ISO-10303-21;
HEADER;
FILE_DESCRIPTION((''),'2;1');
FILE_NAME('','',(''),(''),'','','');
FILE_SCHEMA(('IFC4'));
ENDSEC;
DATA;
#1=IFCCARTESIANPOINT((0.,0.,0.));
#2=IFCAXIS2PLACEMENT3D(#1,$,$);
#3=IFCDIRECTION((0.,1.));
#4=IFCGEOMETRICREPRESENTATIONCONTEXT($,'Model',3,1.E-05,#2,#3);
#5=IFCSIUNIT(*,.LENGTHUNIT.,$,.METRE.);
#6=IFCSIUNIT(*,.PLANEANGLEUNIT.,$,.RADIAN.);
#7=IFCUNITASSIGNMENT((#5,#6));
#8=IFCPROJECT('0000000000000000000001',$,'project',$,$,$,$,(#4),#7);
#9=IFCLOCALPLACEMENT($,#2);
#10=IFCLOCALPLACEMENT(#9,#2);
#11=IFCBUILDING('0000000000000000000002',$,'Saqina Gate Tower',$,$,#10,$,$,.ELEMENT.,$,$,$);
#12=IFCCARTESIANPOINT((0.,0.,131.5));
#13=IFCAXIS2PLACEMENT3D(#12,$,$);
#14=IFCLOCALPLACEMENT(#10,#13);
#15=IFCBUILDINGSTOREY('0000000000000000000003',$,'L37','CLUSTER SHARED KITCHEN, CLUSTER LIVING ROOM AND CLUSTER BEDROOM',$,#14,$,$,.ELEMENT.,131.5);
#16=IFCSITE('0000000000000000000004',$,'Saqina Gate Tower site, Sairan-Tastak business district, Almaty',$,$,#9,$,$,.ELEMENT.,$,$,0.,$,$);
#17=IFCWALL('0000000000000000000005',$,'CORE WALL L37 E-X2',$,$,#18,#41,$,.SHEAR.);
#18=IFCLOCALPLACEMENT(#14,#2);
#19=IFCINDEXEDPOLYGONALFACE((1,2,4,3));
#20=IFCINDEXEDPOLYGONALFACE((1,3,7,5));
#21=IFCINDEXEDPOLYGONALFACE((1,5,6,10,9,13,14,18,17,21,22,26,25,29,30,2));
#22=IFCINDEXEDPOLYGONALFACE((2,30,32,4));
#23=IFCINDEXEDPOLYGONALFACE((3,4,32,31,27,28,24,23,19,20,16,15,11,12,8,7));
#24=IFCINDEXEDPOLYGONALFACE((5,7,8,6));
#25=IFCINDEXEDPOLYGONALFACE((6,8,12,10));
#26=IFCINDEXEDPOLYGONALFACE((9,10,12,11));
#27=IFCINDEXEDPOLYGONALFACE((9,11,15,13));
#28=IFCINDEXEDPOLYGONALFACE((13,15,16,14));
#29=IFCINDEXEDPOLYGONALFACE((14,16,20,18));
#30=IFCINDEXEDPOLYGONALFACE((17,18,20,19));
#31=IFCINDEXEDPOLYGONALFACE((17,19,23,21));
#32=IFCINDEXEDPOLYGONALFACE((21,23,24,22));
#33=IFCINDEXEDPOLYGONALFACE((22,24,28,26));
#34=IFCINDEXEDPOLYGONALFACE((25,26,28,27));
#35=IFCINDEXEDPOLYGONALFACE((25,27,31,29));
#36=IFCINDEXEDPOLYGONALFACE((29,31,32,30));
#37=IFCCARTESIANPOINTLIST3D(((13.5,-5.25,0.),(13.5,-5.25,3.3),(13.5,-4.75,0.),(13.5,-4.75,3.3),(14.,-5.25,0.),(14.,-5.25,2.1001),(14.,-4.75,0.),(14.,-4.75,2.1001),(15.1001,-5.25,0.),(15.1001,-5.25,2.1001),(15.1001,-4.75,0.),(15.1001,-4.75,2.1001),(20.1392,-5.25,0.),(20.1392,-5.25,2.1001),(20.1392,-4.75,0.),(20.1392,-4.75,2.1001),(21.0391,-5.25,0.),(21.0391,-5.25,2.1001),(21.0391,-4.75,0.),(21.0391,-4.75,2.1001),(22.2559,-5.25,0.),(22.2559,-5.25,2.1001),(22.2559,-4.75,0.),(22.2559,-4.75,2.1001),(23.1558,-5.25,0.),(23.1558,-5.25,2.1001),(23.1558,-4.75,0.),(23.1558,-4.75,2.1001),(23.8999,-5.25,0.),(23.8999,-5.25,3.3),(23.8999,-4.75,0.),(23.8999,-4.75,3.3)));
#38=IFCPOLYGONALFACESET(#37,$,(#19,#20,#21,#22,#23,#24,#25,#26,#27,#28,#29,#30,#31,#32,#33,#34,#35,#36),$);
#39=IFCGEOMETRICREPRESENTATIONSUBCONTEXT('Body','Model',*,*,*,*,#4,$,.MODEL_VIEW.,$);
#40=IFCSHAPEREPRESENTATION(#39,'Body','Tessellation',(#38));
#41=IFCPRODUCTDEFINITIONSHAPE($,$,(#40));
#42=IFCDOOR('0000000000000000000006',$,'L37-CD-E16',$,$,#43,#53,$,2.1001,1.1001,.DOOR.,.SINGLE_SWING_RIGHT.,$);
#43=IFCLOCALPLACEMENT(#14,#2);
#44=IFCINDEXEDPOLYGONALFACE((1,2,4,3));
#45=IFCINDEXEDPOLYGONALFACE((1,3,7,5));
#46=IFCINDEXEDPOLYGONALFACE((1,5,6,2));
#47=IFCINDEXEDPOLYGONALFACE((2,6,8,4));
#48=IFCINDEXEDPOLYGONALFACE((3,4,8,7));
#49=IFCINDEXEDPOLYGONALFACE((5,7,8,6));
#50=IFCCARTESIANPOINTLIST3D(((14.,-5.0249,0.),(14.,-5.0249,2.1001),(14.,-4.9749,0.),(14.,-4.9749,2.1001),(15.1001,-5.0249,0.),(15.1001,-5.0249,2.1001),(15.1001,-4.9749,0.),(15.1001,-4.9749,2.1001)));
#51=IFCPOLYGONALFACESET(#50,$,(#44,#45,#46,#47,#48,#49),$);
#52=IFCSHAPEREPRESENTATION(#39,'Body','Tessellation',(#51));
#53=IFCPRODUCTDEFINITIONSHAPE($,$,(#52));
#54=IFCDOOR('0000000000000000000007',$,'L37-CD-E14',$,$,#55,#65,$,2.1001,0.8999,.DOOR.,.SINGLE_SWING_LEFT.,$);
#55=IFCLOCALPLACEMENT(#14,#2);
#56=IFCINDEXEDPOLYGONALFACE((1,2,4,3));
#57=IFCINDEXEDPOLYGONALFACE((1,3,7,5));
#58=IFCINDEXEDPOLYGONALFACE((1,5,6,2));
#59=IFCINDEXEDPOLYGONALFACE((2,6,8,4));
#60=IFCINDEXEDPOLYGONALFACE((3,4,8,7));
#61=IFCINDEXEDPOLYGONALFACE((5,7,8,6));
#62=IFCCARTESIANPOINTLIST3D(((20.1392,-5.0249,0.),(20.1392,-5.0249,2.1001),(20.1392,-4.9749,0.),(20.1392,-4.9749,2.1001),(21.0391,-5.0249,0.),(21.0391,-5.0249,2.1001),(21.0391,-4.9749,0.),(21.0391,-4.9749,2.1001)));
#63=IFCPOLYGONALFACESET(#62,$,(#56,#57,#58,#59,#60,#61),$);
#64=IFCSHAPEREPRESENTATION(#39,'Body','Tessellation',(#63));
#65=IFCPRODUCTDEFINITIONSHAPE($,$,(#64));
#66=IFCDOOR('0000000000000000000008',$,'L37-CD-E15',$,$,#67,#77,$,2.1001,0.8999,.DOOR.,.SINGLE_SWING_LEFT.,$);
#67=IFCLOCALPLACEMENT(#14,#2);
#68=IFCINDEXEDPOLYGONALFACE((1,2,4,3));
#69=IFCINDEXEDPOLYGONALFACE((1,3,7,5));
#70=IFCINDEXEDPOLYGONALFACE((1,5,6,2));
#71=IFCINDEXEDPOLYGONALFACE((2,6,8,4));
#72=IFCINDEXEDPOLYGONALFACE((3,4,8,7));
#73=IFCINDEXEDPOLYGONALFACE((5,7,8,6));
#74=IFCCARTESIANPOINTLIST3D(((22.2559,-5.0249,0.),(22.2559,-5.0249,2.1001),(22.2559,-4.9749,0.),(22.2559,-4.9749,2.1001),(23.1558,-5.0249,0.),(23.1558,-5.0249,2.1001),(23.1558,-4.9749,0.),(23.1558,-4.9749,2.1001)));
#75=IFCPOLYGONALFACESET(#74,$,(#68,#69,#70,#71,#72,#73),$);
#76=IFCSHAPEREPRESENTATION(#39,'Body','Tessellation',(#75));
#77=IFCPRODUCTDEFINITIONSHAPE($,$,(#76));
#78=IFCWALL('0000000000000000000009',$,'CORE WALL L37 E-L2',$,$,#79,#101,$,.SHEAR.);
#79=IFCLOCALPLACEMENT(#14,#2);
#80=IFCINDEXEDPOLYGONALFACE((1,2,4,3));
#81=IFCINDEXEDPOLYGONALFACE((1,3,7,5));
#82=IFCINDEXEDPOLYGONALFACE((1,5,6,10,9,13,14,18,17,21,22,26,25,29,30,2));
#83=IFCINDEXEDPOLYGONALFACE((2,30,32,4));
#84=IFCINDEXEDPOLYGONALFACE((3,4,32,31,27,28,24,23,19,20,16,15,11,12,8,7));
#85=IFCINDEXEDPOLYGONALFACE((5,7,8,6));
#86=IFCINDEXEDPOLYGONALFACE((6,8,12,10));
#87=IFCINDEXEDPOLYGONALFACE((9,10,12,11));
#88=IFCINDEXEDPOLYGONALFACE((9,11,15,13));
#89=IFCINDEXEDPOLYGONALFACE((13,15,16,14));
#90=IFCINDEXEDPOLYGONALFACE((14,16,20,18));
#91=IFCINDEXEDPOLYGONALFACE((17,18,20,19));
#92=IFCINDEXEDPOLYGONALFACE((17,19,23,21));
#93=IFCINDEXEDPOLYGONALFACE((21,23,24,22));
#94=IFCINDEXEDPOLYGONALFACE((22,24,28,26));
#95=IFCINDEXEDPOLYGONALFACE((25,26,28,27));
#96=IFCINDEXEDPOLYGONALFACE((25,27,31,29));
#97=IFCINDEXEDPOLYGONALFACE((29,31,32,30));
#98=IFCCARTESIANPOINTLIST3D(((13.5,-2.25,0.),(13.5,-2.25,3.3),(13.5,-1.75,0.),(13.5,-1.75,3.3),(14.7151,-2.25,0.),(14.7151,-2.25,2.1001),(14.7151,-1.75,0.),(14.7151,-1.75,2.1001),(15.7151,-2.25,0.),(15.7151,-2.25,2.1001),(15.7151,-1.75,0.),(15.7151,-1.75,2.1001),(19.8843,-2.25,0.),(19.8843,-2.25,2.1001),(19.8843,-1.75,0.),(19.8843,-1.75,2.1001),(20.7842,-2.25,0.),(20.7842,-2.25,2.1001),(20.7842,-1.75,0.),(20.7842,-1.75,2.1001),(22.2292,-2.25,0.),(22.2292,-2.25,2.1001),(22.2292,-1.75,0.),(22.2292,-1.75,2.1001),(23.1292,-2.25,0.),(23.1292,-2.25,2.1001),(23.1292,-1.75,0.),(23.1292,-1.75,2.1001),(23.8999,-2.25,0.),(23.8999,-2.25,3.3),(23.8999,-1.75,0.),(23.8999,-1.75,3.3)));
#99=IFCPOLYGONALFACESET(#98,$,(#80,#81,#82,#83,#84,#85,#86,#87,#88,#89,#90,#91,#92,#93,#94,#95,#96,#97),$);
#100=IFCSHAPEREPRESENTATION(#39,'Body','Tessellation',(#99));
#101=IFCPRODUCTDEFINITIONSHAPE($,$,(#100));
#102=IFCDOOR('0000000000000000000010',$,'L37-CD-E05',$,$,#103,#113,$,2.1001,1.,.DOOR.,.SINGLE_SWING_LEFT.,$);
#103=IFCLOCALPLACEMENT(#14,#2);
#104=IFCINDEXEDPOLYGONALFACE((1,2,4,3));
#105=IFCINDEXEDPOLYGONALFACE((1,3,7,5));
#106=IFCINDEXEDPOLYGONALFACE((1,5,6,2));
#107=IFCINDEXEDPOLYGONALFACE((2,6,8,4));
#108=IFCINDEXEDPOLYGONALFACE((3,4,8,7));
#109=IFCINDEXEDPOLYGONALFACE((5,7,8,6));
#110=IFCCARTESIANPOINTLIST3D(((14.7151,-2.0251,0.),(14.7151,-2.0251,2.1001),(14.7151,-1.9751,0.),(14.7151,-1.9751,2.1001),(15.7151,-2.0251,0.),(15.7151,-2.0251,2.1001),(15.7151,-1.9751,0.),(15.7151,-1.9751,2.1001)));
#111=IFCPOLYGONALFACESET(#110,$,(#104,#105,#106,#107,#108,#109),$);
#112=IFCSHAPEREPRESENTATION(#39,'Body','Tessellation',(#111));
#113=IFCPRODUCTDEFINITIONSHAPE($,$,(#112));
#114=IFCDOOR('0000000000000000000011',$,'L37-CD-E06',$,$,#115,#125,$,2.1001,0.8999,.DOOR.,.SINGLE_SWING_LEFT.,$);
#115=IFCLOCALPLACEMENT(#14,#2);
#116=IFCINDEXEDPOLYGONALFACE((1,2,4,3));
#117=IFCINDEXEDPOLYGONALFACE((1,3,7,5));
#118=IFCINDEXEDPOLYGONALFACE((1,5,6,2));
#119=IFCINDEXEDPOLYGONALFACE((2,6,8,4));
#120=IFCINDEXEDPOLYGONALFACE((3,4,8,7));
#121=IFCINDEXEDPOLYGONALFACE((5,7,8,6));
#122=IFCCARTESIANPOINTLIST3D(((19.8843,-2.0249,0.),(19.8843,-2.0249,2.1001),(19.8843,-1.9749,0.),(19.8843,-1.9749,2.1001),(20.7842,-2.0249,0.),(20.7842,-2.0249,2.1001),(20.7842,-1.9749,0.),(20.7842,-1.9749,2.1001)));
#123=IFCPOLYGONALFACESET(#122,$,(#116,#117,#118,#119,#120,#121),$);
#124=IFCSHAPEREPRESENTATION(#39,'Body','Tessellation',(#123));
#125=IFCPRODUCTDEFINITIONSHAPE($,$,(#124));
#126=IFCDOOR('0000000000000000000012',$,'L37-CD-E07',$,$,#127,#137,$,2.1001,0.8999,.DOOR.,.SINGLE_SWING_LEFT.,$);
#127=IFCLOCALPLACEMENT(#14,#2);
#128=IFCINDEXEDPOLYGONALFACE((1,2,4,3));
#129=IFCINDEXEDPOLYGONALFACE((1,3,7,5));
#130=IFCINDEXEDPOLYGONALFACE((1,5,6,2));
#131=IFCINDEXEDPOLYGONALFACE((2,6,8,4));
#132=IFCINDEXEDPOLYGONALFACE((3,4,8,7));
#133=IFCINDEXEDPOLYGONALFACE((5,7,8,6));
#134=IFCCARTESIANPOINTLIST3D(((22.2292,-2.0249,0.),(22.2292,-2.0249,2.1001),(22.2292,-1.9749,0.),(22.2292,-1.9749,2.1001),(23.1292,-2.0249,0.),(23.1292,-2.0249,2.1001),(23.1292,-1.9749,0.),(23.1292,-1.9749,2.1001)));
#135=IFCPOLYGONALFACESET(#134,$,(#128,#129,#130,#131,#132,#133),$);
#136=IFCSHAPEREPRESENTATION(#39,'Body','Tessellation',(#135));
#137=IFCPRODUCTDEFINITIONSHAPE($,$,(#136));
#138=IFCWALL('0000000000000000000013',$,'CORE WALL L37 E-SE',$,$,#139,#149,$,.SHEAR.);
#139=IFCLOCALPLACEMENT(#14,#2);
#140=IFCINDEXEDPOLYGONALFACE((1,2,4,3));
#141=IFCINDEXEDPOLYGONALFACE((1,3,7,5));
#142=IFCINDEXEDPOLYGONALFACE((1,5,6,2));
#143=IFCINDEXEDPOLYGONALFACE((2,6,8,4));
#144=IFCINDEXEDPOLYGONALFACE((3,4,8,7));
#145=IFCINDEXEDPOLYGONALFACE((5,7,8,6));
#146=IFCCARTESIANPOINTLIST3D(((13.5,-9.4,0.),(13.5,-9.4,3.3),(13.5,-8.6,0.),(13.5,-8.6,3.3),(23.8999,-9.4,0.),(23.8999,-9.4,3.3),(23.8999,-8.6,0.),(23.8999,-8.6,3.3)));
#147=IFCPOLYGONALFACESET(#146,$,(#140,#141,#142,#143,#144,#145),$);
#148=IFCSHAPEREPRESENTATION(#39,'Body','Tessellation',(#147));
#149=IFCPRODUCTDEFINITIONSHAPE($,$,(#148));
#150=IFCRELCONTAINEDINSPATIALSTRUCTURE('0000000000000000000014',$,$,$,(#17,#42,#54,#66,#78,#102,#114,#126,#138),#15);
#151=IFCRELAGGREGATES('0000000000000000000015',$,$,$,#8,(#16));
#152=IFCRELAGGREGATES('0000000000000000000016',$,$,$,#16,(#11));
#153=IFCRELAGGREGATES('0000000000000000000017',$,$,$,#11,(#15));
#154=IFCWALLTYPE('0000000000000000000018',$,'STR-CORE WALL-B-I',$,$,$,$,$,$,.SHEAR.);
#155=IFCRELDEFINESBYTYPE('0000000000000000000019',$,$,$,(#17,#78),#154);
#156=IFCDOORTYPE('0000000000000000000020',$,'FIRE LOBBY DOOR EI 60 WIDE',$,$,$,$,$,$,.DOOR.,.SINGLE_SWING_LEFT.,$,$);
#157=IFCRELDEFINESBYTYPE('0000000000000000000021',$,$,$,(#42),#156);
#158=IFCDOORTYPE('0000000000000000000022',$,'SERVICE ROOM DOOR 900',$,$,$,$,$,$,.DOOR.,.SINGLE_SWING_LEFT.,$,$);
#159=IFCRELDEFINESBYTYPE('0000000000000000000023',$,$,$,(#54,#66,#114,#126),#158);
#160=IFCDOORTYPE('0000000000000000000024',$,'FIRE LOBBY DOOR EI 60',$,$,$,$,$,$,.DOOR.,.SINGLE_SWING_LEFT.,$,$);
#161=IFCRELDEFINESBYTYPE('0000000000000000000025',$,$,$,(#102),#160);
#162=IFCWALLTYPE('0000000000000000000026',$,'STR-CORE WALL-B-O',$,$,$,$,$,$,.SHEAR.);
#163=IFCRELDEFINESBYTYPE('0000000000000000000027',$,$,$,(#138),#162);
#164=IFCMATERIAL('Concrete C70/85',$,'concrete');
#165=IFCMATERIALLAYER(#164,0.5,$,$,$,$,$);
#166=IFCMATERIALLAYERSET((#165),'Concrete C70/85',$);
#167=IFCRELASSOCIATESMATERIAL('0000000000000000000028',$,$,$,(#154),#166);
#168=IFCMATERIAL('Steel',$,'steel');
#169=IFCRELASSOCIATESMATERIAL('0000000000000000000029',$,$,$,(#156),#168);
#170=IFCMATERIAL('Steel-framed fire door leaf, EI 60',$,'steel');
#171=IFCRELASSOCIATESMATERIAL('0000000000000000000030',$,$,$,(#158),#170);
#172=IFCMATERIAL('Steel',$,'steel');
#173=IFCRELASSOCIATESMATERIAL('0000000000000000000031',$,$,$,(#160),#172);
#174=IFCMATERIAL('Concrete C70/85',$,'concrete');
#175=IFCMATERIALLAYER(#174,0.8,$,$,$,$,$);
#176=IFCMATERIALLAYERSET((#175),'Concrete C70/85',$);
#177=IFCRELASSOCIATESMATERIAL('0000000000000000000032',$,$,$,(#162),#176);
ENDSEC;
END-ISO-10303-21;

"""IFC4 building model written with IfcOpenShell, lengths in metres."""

from ifc_helpers import new_model, si_unit, direction, frame, frame_2d, origin, place, context, subcontext, project, spatial, rectangle, extrude, material, layer, layer_set, type_object, element, fill, save


model = new_model("IFC4")

# Units and contexts
model_context = context("Model", 3, precision=1e-05, world=origin(), true_north=direction((0.0, 1.0)))
body_context = subcontext(model_context, "Body", "Model", "MODEL_VIEW")
ifc_project = project(units=[si_unit("LENGTHUNIT", "METRE"), si_unit("PLANEANGLEUNIT", "RADIAN")], contexts=[model_context])

# Site, building, storey
site_placement = place(None, origin())
site = spatial("IfcSite", under=ifc_project, at=site_placement, Name="Saqina Gate Tower site, Sairan-Tastak business district, Almaty", CompositionType="ELEMENT", RefElevation=0.0)
building_placement = place(site_placement, origin())
building = spatial("IfcBuilding", under=site, at=building_placement, Name="Saqina Gate Tower", CompositionType="ELEMENT")
storey_placement = place(building_placement, frame((0.0, 0.0, 131.5)))
storey = spatial("IfcBuildingStorey", under=building, at=storey_placement, Name="L37", Description="CLUSTER SHARED KITCHEN, CLUSTER LIVING ROOM AND CLUSTER BEDROOM", CompositionType="ELEMENT", Elevation=131.5)

# Walls, openings, doors
ifc_material_1 = material(Name="Concrete C70/85", Category="concrete")
ifc_layer_1 = layer(ifc_material_1, 0.5)
ifc_layer_set_1 = layer_set([ifc_layer_1], Name="Concrete C70/85")
wall_type_1 = type_object("IfcWallType", Name="STR-CORE WALL-B-I", PredefinedType="SHEAR", material=ifc_layer_set_1)
wall_1_placement = place(storey_placement, frame((13.5, -5.0, 0.0), z_axis=(0.0, 0.0, 1.0), x_axis=(1.0, 0.0, 0.0)))
wall_1 = element("IfcWall", 1, at=wall_1_placement, inside=storey, type_object=wall_type_1, Name="CORE WALL L37 E-X2", PredefinedType="SHEAR", context=body_context, shape_type="SweptSolid", body=[
    extrude(rectangle(XDim=10.3999, YDim=0.5, at=frame_2d((5.2, 0.0))), origin(), (0.0, 0.0, 1.0), 3.3),
])
opening_1_placement = place(wall_1_placement, frame((6.6392, 0.0, 0.0)))
opening_1 = element("IfcOpeningElement", 2, at=opening_1_placement, cuts=wall_1, PredefinedType="OPENING", context=body_context, shape_type="SweptSolid", body=[
    extrude(rectangle(XDim=0.8999, YDim=2.1001, at=frame_2d((0.45, 1.05))), frame((0.0, 0.262, 0.0), z_axis=(0.0, -1.0, 0.0), x_axis=(1.0, 0.0, 0.0)), (0.0, 0.0, 1.0), 0.5239),
])
opening_2_placement = place(wall_1_placement, frame((8.7559, 0.0, 0.0)))
opening_2 = element("IfcOpeningElement", 3, at=opening_2_placement, cuts=wall_1, PredefinedType="OPENING", context=body_context, shape_type="SweptSolid", body=[
    extrude(rectangle(XDim=0.8999, YDim=2.1001, at=frame_2d((0.45, 1.05))), frame((0.0, 0.262, 0.0), z_axis=(0.0, -1.0, 0.0), x_axis=(1.0, 0.0, 0.0)), (0.0, 0.0, 1.0), 0.5239),
])
opening_3_placement = place(wall_1_placement, frame((0.5, 0.0, 0.0)))
opening_3 = element("IfcOpeningElement", 4, at=opening_3_placement, cuts=wall_1, PredefinedType="OPENING", context=body_context, shape_type="SweptSolid", body=[
    extrude(rectangle(XDim=1.1001, YDim=2.1001, at=frame_2d((0.55, 1.05))), frame((0.0, 0.262, 0.0), z_axis=(0.0, -1.0, 0.0), x_axis=(1.0, 0.0, 0.0)), (0.0, 0.0, 1.0), 0.5239),
])
ifc_material_2 = material(Name="Steel", Category="steel")
door_type_1 = type_object("IfcDoorType", Name="FIRE LOBBY DOOR EI 60 WIDE", OperationType="SINGLE_SWING_LEFT", PredefinedType="DOOR", material=ifc_material_2)
door_1_placement = place(opening_3_placement, frame((1.1001, 0.0, 0.0), z_axis=(0.0, 0.0, 1.0), x_axis=(-1.0, 0.0, 0.0)))
door_1 = element("IfcDoor", 5, at=door_1_placement, inside=storey, type_object=door_type_1, Name="L37-CD-E16", OperationType="SINGLE_SWING_RIGHT", OverallHeight=2.1001, OverallWidth=1.1001, PredefinedType="DOOR", context=body_context, shape_type="SweptSolid", body=[
    extrude(rectangle(XDim=1.1001, YDim=2.1001, at=frame_2d((0.55, 1.05))), frame((0.0, 0.0249, 0.0), z_axis=(0.0, -1.0, 0.0), x_axis=(1.0, 0.0, 0.0)), (0.0, 0.0, 1.0), 0.05),
])
fill(opening_3, door_1)
ifc_material_3 = material(Name="Steel-framed fire door leaf, EI 60", Category="steel")
door_type_2 = type_object("IfcDoorType", Name="SERVICE ROOM DOOR 900", OperationType="SINGLE_SWING_LEFT", PredefinedType="DOOR", material=ifc_material_3)
door_2_placement = place(opening_1_placement, frame((0.8999, 0.0, 0.0), z_axis=(0.0, 0.0, 1.0), x_axis=(-1.0, 0.0, 0.0)))
door_2 = element("IfcDoor", 6, at=door_2_placement, inside=storey, type_object=door_type_2, Name="L37-CD-E14", OperationType="SINGLE_SWING_LEFT", OverallHeight=2.1001, OverallWidth=0.8999, PredefinedType="DOOR", context=body_context, shape_type="SweptSolid", body=[
    extrude(rectangle(XDim=0.8999, YDim=2.1001, at=frame_2d((0.45, 1.05))), frame((0.0, 0.0249, 0.0), z_axis=(0.0, -1.0, 0.0), x_axis=(1.0, 0.0, 0.0)), (0.0, 0.0, 1.0), 0.05),
])
fill(opening_1, door_2)
door_3_placement = place(opening_2_placement, frame((0.8999, 0.0, 0.0), z_axis=(0.0, 0.0, 1.0), x_axis=(-1.0, 0.0, 0.0)))
door_3 = element("IfcDoor", 7, at=door_3_placement, inside=storey, type_object=door_type_2, Name="L37-CD-E15", OperationType="SINGLE_SWING_LEFT", OverallHeight=2.1001, OverallWidth=0.8999, PredefinedType="DOOR", context=body_context, shape_type="SweptSolid", body=[
    extrude(rectangle(XDim=0.8999, YDim=2.1001, at=frame_2d((0.45, 1.05))), frame((0.0, 0.0249, 0.0), z_axis=(0.0, -1.0, 0.0), x_axis=(1.0, 0.0, 0.0)), (0.0, 0.0, 1.0), 0.05),
])
fill(opening_2, door_3)
wall_2_placement = place(storey_placement, frame((13.5, -2.0, 0.0), z_axis=(0.0, 0.0, 1.0), x_axis=(1.0, 0.0, 0.0)))
wall_2 = element("IfcWall", 8, at=wall_2_placement, inside=storey, type_object=wall_type_1, Name="CORE WALL L37 E-L2", PredefinedType="SHEAR", context=body_context, shape_type="SweptSolid", body=[
    extrude(rectangle(XDim=10.3999, YDim=0.5, at=frame_2d((5.2, 0.0))), origin(), (0.0, 0.0, 1.0), 3.3),
])
opening_4_placement = place(wall_2_placement, frame((1.2151, 0.0, 0.0)))
opening_4 = element("IfcOpeningElement", 9, at=opening_4_placement, cuts=wall_2, PredefinedType="OPENING", context=body_context, shape_type="SweptSolid", body=[
    extrude(rectangle(XDim=1.0, YDim=2.1001, at=frame_2d((0.5, 1.05))), frame((0.0, 0.262, 0.0), z_axis=(0.0, -1.0, 0.0), x_axis=(1.0, 0.0, 0.0)), (0.0, 0.0, 1.0), 0.5239),
])
opening_5_placement = place(wall_2_placement, frame((6.3843, 0.0, 0.0)))
opening_5 = element("IfcOpeningElement", 10, at=opening_5_placement, cuts=wall_2, PredefinedType="OPENING", context=body_context, shape_type="SweptSolid", body=[
    extrude(rectangle(XDim=0.8999, YDim=2.1001, at=frame_2d((0.45, 1.05))), frame((0.0, 0.262, 0.0), z_axis=(0.0, -1.0, 0.0), x_axis=(1.0, 0.0, 0.0)), (0.0, 0.0, 1.0), 0.5239),
])
opening_6_placement = place(wall_2_placement, frame((8.7292, 0.0, 0.0)))
opening_6 = element("IfcOpeningElement", 11, at=opening_6_placement, cuts=wall_2, PredefinedType="OPENING", context=body_context, shape_type="SweptSolid", body=[
    extrude(rectangle(XDim=0.8999, YDim=2.1001, at=frame_2d((0.45, 1.05))), frame((0.0, 0.262, 0.0), z_axis=(0.0, -1.0, 0.0), x_axis=(1.0, 0.0, 0.0)), (0.0, 0.0, 1.0), 0.5239),
])
ifc_material_4 = material(Name="Steel", Category="steel")
door_type_3 = type_object("IfcDoorType", Name="FIRE LOBBY DOOR EI 60", OperationType="SINGLE_SWING_LEFT", PredefinedType="DOOR", material=ifc_material_4)
door_4_placement = place(opening_4_placement, origin())
door_4 = element("IfcDoor", 12, at=door_4_placement, inside=storey, type_object=door_type_3, Name="L37-CD-E05", OperationType="SINGLE_SWING_LEFT", OverallHeight=2.1001, OverallWidth=1.0, PredefinedType="DOOR", context=body_context, shape_type="SweptSolid", body=[
    extrude(rectangle(XDim=1.0, YDim=2.1001, at=frame_2d((0.5, 1.05))), frame((0.0, 0.0249, 0.0), z_axis=(0.0, -1.0, 0.0), x_axis=(1.0, 0.0, 0.0)), (0.0, 0.0, 1.0), 0.05),
])
fill(opening_4, door_4)
door_5_placement = place(opening_5_placement, frame((0.8999, 0.0, 0.0), z_axis=(0.0, 0.0, 1.0), x_axis=(-1.0, 0.0, 0.0)))
door_5 = element("IfcDoor", 13, at=door_5_placement, inside=storey, type_object=door_type_2, Name="L37-CD-E06", OperationType="SINGLE_SWING_LEFT", OverallHeight=2.1001, OverallWidth=0.8999, PredefinedType="DOOR", context=body_context, shape_type="SweptSolid", body=[
    extrude(rectangle(XDim=0.8999, YDim=2.1001, at=frame_2d((0.45, 1.05))), frame((0.0, 0.0249, 0.0), z_axis=(0.0, -1.0, 0.0), x_axis=(1.0, 0.0, 0.0)), (0.0, 0.0, 1.0), 0.05),
])
fill(opening_5, door_5)
door_6_placement = place(opening_6_placement, frame((0.8999, 0.0, 0.0), z_axis=(0.0, 0.0, 1.0), x_axis=(-1.0, 0.0, 0.0)))
door_6 = element("IfcDoor", 14, at=door_6_placement, inside=storey, type_object=door_type_2, Name="L37-CD-E07", OperationType="SINGLE_SWING_LEFT", OverallHeight=2.1001, OverallWidth=0.8999, PredefinedType="DOOR", context=body_context, shape_type="SweptSolid", body=[
    extrude(rectangle(XDim=0.8999, YDim=2.1001, at=frame_2d((0.45, 1.05))), frame((0.0, 0.0249, 0.0), z_axis=(0.0, -1.0, 0.0), x_axis=(1.0, 0.0, 0.0)), (0.0, 0.0, 1.0), 0.05),
])
fill(opening_6, door_6)

# Wall
ifc_material_5 = material(Name="Concrete C70/85", Category="concrete")
ifc_layer_2 = layer(ifc_material_5, 0.8)
ifc_layer_set_2 = layer_set([ifc_layer_2], Name="Concrete C70/85")
wall_type_2 = type_object("IfcWallType", Name="STR-CORE WALL-B-O", PredefinedType="SHEAR", material=ifc_layer_set_2)
wall_3_placement = place(storey_placement, frame((13.5, -9.0, 0.0), z_axis=(0.0, 0.0, 1.0), x_axis=(1.0, 0.0, 0.0)))
element("IfcWall", 15, at=wall_3_placement, inside=storey, type_object=wall_type_2, Name="CORE WALL L37 E-SE", PredefinedType="SHEAR", context=body_context, shape_type="SweptSolid", body=[
    extrude(rectangle(XDim=10.3999, YDim=0.8, at=frame_2d((5.2, 0.0))), origin(), (0.0, 0.0, 1.0), 3.3),
])

save(model, "model.ifc")
